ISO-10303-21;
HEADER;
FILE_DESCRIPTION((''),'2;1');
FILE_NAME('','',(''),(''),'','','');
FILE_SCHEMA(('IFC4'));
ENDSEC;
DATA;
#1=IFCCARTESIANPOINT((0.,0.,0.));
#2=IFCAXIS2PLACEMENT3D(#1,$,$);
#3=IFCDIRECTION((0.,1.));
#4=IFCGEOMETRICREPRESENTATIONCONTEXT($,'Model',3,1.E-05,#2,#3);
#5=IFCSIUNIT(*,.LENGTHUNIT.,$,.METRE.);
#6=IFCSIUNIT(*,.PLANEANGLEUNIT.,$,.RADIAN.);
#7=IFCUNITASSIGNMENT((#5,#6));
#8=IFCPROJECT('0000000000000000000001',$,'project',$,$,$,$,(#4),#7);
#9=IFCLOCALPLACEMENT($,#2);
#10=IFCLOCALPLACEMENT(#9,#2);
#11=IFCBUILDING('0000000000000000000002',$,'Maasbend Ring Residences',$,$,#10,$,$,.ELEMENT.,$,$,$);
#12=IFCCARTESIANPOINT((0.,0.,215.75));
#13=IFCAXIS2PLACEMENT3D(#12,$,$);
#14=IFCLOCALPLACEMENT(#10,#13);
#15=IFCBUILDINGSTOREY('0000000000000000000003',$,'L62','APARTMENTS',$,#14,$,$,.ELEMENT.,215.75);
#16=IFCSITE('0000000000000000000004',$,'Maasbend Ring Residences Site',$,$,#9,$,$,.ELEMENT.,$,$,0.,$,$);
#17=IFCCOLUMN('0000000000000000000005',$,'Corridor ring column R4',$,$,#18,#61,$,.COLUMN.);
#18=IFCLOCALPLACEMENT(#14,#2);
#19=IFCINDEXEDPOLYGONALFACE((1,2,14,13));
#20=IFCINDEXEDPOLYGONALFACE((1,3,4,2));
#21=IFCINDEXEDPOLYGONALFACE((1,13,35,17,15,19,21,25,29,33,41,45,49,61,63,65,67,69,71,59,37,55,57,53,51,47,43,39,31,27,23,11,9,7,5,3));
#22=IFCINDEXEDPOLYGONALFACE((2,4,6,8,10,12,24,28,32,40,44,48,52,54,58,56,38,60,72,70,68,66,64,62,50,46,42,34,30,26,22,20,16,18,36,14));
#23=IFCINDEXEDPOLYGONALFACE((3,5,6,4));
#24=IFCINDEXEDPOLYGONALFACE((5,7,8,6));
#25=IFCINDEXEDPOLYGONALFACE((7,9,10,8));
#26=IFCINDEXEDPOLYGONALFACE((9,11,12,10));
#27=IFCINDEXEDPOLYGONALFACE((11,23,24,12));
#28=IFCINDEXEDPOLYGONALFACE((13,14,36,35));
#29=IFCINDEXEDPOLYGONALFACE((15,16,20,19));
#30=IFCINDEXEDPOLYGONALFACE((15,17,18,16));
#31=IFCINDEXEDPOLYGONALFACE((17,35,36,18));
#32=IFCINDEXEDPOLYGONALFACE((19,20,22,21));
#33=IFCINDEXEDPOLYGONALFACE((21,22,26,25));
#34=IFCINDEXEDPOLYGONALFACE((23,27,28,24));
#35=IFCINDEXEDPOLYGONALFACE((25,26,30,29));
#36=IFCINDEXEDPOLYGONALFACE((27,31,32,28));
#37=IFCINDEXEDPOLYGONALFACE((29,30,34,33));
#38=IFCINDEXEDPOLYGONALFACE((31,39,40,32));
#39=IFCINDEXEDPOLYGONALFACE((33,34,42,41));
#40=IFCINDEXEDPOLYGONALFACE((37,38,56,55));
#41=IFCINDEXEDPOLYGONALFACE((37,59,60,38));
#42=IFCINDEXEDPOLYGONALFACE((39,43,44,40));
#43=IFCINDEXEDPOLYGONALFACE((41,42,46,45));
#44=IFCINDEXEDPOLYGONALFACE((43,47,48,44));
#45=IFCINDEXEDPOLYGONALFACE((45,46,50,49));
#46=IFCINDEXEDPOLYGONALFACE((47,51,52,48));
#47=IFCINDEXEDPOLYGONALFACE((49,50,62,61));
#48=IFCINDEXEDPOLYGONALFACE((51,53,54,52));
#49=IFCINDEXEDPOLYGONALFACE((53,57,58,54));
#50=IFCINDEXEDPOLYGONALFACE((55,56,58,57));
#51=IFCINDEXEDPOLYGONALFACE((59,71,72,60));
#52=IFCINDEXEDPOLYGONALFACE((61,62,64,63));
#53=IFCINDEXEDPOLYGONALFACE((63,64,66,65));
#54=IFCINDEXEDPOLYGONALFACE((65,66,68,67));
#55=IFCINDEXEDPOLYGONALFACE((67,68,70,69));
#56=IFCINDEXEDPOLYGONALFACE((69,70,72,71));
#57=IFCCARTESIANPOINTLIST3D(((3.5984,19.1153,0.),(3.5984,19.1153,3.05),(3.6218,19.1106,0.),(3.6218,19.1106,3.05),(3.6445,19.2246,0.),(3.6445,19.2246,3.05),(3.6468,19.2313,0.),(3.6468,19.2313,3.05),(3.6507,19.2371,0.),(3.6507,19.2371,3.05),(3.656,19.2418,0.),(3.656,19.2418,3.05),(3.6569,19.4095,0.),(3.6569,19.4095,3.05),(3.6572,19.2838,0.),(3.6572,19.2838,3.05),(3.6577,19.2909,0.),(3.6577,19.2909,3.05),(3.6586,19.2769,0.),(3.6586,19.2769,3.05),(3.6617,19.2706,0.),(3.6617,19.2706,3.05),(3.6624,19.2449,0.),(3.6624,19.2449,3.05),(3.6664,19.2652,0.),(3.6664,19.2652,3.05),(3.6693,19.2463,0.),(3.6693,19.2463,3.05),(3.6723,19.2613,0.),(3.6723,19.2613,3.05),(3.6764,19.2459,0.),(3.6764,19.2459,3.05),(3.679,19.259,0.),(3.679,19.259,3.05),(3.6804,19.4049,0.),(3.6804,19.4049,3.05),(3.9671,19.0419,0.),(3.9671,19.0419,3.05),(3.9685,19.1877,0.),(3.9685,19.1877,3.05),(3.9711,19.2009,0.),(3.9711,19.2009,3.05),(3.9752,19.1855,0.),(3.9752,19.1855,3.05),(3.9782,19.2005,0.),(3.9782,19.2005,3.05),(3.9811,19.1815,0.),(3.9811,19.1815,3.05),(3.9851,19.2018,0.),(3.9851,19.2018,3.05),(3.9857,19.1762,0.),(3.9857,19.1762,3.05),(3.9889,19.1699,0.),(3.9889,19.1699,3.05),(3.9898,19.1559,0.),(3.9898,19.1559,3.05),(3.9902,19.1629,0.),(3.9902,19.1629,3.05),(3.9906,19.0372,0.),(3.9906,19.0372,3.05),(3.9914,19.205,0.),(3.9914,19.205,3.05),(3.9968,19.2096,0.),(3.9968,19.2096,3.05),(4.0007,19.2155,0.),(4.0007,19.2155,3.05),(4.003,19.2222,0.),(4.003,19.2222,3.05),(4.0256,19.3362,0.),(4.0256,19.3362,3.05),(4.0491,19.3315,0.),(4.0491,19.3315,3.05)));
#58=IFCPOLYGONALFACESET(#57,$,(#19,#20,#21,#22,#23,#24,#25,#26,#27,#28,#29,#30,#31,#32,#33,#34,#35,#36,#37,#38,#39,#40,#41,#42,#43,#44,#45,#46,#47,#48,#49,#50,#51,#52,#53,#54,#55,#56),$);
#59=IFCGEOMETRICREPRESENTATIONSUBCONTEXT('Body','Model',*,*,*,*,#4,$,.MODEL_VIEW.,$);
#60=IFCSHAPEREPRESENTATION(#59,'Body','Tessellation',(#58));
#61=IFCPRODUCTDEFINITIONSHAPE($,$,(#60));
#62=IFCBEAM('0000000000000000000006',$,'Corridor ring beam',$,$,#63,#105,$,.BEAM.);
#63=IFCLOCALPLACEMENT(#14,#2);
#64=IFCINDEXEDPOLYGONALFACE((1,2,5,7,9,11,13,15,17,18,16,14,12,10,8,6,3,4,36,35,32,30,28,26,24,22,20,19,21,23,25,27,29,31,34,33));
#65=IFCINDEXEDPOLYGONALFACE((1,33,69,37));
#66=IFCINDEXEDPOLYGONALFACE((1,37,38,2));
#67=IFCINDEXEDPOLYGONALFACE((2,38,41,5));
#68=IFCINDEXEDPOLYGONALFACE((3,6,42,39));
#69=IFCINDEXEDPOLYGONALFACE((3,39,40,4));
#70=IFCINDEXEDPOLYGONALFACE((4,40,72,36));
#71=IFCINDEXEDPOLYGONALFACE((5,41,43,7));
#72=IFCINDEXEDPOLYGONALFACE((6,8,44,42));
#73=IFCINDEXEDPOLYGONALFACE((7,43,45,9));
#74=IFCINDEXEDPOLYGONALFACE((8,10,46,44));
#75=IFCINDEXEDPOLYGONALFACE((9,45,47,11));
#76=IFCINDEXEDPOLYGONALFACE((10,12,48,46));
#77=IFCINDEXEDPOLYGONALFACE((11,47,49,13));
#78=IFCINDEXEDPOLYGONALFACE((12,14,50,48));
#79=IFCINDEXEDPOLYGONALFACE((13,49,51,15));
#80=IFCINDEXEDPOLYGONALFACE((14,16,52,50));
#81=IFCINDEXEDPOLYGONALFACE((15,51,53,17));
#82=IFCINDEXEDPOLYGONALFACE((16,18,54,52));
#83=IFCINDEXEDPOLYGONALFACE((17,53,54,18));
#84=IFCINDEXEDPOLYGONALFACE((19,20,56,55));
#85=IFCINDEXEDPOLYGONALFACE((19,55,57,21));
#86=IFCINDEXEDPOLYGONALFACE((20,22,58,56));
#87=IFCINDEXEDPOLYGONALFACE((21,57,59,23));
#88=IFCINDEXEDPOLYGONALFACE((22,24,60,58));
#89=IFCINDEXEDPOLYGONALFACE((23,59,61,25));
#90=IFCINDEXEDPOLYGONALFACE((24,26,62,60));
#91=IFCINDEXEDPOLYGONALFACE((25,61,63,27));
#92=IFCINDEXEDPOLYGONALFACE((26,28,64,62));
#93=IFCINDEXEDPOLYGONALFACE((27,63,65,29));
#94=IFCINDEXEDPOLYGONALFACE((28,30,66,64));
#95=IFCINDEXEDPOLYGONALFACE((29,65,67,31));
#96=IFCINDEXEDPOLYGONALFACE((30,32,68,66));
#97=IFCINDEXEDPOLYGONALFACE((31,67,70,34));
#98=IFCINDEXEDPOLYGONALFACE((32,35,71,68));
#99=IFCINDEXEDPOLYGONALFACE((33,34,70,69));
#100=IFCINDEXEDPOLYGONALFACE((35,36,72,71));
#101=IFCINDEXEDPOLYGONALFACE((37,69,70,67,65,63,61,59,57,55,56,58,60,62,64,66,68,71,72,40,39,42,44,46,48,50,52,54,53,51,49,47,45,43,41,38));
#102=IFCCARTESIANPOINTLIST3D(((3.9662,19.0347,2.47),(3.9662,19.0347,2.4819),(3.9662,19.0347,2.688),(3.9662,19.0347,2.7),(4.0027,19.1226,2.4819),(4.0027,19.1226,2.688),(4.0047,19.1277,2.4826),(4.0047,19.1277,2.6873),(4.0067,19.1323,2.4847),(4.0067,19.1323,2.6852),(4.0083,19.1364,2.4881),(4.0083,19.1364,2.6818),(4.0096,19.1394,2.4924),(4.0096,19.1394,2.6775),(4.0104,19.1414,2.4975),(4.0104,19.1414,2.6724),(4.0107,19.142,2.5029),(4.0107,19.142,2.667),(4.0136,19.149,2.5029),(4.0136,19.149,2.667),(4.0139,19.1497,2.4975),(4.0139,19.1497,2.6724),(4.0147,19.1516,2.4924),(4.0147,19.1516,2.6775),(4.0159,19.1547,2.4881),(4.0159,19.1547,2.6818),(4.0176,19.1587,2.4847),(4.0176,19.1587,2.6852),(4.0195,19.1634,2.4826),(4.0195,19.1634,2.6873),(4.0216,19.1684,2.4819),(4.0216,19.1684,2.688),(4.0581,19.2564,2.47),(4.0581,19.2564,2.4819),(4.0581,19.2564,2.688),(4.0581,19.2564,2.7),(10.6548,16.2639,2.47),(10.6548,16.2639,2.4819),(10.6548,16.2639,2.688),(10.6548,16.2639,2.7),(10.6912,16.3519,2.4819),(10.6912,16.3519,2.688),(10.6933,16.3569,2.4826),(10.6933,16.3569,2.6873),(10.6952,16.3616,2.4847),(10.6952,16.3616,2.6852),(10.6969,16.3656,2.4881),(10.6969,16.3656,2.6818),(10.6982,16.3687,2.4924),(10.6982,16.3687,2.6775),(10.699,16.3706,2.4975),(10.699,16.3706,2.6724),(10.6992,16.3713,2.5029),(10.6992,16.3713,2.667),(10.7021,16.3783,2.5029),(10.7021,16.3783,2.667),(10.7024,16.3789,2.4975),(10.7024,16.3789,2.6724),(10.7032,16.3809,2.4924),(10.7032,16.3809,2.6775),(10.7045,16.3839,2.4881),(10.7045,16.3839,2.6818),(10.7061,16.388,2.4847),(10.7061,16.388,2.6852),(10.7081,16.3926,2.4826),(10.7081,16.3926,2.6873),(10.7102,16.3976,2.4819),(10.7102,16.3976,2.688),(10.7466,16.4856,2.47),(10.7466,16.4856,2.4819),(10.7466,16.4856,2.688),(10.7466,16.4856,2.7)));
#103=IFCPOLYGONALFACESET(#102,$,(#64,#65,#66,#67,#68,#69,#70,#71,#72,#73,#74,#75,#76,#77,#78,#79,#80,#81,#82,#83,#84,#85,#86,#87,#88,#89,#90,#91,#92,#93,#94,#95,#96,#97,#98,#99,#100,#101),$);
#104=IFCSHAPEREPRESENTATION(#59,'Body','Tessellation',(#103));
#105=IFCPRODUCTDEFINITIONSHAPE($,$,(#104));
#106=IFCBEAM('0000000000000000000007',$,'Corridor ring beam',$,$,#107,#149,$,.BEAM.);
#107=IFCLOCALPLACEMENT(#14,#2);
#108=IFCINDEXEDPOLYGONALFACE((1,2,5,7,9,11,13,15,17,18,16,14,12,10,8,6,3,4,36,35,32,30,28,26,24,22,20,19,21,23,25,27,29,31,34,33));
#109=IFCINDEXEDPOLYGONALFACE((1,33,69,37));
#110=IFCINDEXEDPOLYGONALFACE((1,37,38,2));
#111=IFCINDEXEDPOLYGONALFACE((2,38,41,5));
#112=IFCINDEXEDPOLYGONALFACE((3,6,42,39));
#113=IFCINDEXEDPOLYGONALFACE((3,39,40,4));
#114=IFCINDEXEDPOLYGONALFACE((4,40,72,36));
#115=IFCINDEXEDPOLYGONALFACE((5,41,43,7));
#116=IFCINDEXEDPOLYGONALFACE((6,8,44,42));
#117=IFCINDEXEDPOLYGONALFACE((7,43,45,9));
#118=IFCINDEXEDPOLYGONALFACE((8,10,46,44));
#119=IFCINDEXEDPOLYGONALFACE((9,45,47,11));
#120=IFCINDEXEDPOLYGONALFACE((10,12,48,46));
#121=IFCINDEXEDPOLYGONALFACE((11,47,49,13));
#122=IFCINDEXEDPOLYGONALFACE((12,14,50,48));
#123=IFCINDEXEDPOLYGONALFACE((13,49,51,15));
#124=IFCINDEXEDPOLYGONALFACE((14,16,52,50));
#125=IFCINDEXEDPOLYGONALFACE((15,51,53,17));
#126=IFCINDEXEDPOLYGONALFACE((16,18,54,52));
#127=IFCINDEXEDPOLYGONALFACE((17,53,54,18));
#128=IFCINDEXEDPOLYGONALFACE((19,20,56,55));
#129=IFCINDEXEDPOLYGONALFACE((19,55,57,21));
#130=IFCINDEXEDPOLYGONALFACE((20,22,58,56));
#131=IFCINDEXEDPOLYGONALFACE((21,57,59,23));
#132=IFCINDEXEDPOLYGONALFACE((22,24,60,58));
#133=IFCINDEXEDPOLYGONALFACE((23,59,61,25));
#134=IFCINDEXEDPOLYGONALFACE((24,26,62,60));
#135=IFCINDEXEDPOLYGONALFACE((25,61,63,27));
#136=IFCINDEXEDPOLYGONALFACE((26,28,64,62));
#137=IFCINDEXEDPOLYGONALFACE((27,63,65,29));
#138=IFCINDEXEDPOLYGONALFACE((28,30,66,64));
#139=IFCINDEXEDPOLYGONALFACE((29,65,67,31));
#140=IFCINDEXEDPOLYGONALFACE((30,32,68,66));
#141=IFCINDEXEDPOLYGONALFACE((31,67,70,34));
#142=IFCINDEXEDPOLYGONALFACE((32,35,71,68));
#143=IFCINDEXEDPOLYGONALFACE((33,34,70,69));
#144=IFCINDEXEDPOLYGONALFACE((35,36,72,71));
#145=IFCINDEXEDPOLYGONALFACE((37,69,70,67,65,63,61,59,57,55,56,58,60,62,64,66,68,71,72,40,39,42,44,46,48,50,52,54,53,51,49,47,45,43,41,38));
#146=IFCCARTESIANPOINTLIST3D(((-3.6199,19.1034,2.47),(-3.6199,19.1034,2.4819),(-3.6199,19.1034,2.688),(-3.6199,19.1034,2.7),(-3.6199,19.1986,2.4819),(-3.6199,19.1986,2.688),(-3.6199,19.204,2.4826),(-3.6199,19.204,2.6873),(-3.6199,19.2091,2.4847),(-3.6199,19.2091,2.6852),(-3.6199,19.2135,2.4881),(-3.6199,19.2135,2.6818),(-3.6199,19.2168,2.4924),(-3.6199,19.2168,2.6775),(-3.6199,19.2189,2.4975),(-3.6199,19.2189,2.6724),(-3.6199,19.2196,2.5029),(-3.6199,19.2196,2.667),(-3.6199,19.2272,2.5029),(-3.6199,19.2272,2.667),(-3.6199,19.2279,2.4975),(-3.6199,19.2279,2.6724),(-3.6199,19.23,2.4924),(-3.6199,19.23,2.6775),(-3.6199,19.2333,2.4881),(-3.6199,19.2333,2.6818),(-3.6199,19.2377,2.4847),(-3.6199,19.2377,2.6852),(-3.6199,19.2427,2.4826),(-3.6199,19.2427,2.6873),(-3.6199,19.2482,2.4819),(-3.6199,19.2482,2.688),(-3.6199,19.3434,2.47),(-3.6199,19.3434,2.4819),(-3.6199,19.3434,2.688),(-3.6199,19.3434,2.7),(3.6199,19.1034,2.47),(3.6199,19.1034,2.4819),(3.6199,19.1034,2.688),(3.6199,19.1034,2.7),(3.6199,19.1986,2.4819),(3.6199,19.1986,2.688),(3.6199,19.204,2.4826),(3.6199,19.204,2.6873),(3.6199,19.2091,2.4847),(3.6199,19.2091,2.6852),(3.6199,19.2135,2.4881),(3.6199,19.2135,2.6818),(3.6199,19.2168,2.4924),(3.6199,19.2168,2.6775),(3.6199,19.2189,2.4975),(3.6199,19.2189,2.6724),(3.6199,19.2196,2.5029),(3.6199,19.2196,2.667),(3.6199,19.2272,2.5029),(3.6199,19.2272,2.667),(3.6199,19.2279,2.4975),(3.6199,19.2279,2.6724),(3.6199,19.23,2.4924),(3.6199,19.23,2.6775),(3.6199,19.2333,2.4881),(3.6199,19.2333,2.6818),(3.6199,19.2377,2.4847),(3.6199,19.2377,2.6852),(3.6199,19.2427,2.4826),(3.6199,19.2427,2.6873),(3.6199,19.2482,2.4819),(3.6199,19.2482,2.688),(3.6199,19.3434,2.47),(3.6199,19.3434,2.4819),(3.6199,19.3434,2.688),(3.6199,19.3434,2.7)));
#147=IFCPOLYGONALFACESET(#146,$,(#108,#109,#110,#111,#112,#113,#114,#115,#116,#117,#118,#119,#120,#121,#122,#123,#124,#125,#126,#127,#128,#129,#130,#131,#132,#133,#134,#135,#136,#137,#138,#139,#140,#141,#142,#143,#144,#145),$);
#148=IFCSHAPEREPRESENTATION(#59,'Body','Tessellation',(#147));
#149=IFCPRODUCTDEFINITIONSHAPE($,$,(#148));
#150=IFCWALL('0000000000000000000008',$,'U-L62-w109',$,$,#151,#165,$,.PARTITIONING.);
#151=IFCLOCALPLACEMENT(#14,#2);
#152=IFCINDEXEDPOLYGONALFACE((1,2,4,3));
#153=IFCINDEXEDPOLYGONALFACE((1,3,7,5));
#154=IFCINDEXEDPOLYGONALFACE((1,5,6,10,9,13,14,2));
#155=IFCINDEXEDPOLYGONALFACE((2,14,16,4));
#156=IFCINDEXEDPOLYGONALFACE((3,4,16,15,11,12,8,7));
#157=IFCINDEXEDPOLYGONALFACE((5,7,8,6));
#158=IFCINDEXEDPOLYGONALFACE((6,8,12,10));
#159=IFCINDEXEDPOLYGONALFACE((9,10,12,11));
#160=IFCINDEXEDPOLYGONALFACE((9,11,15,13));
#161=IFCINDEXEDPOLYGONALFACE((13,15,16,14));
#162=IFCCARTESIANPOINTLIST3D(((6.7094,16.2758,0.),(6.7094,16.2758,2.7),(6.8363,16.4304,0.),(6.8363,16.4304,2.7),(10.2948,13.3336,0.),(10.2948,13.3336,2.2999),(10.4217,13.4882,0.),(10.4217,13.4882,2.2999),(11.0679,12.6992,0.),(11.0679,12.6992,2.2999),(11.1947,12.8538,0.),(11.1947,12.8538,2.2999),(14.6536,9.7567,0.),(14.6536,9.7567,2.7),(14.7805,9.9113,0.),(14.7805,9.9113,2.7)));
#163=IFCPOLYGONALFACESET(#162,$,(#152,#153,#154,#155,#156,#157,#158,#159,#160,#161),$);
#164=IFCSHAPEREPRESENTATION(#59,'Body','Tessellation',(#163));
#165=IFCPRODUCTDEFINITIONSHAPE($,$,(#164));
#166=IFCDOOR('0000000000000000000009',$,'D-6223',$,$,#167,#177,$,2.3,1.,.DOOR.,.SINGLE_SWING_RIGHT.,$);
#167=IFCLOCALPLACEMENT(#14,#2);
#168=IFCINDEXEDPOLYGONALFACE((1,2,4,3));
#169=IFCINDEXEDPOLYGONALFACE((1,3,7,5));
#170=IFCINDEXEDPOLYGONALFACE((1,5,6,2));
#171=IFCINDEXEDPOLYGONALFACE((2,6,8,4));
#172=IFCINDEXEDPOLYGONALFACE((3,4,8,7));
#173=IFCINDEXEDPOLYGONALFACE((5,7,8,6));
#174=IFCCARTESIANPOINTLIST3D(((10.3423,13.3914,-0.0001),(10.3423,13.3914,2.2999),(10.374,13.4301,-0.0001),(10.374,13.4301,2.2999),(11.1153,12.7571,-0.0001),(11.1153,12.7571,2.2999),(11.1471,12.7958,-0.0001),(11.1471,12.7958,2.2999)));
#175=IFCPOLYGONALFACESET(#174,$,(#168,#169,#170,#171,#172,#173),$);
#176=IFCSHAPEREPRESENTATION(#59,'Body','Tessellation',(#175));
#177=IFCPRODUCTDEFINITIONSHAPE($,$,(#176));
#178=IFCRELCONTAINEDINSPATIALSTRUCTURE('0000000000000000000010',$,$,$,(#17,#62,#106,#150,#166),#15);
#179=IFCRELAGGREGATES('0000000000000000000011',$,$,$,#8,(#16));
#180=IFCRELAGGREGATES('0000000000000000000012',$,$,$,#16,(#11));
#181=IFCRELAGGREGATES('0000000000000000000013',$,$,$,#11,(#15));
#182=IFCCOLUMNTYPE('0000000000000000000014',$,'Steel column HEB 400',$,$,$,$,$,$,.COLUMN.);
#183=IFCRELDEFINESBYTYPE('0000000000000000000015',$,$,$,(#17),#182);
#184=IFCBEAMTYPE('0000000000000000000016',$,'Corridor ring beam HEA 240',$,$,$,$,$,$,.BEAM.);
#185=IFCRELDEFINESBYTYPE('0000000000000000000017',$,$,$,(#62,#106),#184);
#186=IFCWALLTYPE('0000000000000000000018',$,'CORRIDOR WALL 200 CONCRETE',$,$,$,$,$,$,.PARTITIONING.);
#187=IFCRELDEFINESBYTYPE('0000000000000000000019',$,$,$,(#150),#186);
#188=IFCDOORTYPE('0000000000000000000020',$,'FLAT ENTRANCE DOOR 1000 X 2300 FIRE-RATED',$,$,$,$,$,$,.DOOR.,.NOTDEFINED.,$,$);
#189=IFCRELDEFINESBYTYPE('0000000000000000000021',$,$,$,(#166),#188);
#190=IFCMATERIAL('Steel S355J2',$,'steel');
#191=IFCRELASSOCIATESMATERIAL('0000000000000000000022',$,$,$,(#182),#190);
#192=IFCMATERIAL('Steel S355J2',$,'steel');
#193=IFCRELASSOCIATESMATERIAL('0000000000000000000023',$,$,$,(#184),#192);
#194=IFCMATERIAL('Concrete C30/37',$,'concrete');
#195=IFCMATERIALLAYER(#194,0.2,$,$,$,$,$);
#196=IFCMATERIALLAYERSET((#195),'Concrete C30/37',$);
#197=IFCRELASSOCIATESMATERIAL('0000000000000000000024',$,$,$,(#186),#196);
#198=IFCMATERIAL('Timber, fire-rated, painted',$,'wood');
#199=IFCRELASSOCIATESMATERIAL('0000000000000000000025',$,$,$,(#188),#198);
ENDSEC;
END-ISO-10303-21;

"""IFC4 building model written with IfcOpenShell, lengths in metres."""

from ifc_helpers import new_model, si_unit, direction, frame, frame_2d, origin, origin_2d, place, context, subcontext, project, spatial, rectangle, i_section, extrude, material, layer, layer_set, material_profile, profile_set, type_object, element, fill, save


model = new_model("IFC4")

# Units and contexts
model_context = context("Model", 3, precision=1e-05, world=origin(), true_north=direction((0.0, 1.0)))
body_context = subcontext(model_context, "Body", "Model", "MODEL_VIEW")
ifc_project = project(units=[si_unit("LENGTHUNIT", "METRE"), si_unit("PLANEANGLEUNIT", "RADIAN")], contexts=[model_context])

# Site, building, storey
site_placement = place(None, origin())
site = spatial("IfcSite", under=ifc_project, at=site_placement, Name="Maasbend Ring Residences Site", CompositionType="ELEMENT", RefElevation=0.0)
building_placement = place(site_placement, origin())
building = spatial("IfcBuilding", under=site, at=building_placement, Name="Maasbend Ring Residences", CompositionType="ELEMENT")
storey_placement = place(building_placement, frame((0.0, 0.0, 215.75)))
storey = spatial("IfcBuildingStorey", under=building, at=storey_placement, Name="L62", Description="APARTMENTS", CompositionType="ELEMENT", Elevation=215.75)

# Column
ifc_material_1 = material(Name="Steel S355J2", Category="steel")
ifc_material_profile_1 = material_profile(ifc_material_1, i_section(OverallWidth=0.3, OverallDepth=0.3999, WebThickness=0.0134, FlangeThickness=0.0239, FilletRadius=0.0271, at=origin_2d()), Name="HEB 400")
ifc_profile_set_1 = profile_set([ifc_material_profile_1], Name="Steel S355J2")
column_type = type_object("IfcColumnType", Name="Steel column HEB 400", PredefinedType="COLUMN", material=ifc_profile_set_1)
column_placement = place(storey_placement, frame((3.8237, 19.2234, 0.0), z_axis=(0.0, 0.0, 1.0), x_axis=(0.19509, 0.980785, 0.0)))
element("IfcColumn", 1, at=column_placement, inside=storey, type_object=column_type, Name="Corridor ring column R4", PredefinedType="COLUMN", context=body_context, shape_type="SweptSolid", body=[
    extrude(i_section(OverallWidth=0.3, OverallDepth=0.3999, WebThickness=0.0134, FlangeThickness=0.0239, FilletRadius=0.0271, at=origin_2d()), origin(), (0.0, 0.0, 1.0), 3.05),
])

# Beams
ifc_material_2 = material(Name="Steel S355J2", Category="steel")
ifc_material_profile_2 = material_profile(ifc_material_2, i_section(OverallWidth=0.24, OverallDepth=0.23, WebThickness=0.0076, FlangeThickness=0.012, FilletRadius=0.021, at=origin_2d()), Name="HEA 240")
ifc_profile_set_2 = profile_set([ifc_material_profile_2], Name="Steel S355J2")
beam_type = type_object("IfcBeamType", Name="Corridor ring beam HEA 240", PredefinedType="BEAM", material=ifc_profile_set_2)
for number, where, z_axis, x_axis, name in (
    (2, (10.7007, 16.3748, 2.585), (-0.923865, 0.382718, 0.0), (-0.382718, -0.923865, 0.0), "Corridor ring beam"),
    (3, (3.6199, 19.2234, 2.585), (-1.0, 0.0, 0.0), (0.0, -1.0, 0.0), "Corridor ring beam"),
):
    element("IfcBeam", number, at=place(storey_placement, frame(where, z_axis=z_axis, x_axis=x_axis)), inside=storey, type_object=beam_type, Name=name, PredefinedType="BEAM", context=body_context, shape_type="SweptSolid", body=[
        extrude(i_section(OverallWidth=0.24, OverallDepth=0.23, WebThickness=0.0076, FlangeThickness=0.012, FilletRadius=0.021, at=origin_2d()), origin(), (0.0, 0.0, 1.0), 7.2397),
    ])

# Wall, opening, door
ifc_material_3 = material(Name="Concrete C30/37", Category="concrete")
ifc_layer_1 = layer(ifc_material_3, 0.2)
ifc_layer_set_1 = layer_set([ifc_layer_1], Name="Concrete C30/37")
wall_type_1 = type_object("IfcWallType", Name="CORRIDOR WALL 200 CONCRETE", PredefinedType="PARTITIONING", material=ifc_layer_set_1)
wall_1_placement = place(storey_placement, frame((6.7729, 16.353, 0.0), z_axis=(0.0, 0.0, 1.0), x_axis=(0.773035, -0.634364, 0.0)))
wall_1 = element("IfcWall", 4, at=wall_1_placement, inside=storey, type_object=wall_type_1, Name="U-L62-w109", PredefinedType="PARTITIONING", context=body_context, shape_type="SweptSolid", body=[
    extrude(rectangle(XDim=10.2766, YDim=0.2, at=frame_2d((5.1382, 0.0))), origin(), (0.0, 0.0, 1.0), 2.7),
])
opening_1_placement = place(wall_1_placement, frame((4.6379, 0.0, 0.0)))
opening_1 = element("IfcOpeningElement", 5, at=opening_1_placement, cuts=wall_1, PredefinedType="OPENING", context=body_context, shape_type="SweptSolid", body=[
    extrude(rectangle(XDim=1.0, YDim=2.3, at=frame_2d((0.5, 1.1499))), frame((0.0, 0.1099, 0.0), z_axis=(0.0, -1.0, 0.0), x_axis=(1.0, 0.0, 0.0)), (0.0, 0.0, 1.0), 0.22),
])
ifc_material_4 = material(Name="Timber, fire-rated, painted", Category="wood")
door_type_1 = type_object("IfcDoorType", Name="FLAT ENTRANCE DOOR 1000 X 2300 FIRE-RATED", OperationType="NOTDEFINED", PredefinedType="DOOR", material=ifc_material_4)
door_1_placement = place(opening_1_placement, origin())
door_1 = element("IfcDoor", 6, at=door_1_placement, inside=storey, type_object=door_type_1, Name="D-6223", OperationType="SINGLE_SWING_RIGHT", OverallHeight=2.3, OverallWidth=1.0, PredefinedType="DOOR", context=body_context, shape_type="SweptSolid", body=[
    extrude(rectangle(XDim=1.0, YDim=2.3, at=frame_2d((0.5, 1.1499))), frame((0.0, 0.0249, 0.0), z_axis=(0.0, -1.0, 0.0), x_axis=(1.0, 0.0, 0.0)), (0.0, 0.0, 1.0), 0.05),
])
fill(opening_1, door_1)

save(model, "model.ifc")
